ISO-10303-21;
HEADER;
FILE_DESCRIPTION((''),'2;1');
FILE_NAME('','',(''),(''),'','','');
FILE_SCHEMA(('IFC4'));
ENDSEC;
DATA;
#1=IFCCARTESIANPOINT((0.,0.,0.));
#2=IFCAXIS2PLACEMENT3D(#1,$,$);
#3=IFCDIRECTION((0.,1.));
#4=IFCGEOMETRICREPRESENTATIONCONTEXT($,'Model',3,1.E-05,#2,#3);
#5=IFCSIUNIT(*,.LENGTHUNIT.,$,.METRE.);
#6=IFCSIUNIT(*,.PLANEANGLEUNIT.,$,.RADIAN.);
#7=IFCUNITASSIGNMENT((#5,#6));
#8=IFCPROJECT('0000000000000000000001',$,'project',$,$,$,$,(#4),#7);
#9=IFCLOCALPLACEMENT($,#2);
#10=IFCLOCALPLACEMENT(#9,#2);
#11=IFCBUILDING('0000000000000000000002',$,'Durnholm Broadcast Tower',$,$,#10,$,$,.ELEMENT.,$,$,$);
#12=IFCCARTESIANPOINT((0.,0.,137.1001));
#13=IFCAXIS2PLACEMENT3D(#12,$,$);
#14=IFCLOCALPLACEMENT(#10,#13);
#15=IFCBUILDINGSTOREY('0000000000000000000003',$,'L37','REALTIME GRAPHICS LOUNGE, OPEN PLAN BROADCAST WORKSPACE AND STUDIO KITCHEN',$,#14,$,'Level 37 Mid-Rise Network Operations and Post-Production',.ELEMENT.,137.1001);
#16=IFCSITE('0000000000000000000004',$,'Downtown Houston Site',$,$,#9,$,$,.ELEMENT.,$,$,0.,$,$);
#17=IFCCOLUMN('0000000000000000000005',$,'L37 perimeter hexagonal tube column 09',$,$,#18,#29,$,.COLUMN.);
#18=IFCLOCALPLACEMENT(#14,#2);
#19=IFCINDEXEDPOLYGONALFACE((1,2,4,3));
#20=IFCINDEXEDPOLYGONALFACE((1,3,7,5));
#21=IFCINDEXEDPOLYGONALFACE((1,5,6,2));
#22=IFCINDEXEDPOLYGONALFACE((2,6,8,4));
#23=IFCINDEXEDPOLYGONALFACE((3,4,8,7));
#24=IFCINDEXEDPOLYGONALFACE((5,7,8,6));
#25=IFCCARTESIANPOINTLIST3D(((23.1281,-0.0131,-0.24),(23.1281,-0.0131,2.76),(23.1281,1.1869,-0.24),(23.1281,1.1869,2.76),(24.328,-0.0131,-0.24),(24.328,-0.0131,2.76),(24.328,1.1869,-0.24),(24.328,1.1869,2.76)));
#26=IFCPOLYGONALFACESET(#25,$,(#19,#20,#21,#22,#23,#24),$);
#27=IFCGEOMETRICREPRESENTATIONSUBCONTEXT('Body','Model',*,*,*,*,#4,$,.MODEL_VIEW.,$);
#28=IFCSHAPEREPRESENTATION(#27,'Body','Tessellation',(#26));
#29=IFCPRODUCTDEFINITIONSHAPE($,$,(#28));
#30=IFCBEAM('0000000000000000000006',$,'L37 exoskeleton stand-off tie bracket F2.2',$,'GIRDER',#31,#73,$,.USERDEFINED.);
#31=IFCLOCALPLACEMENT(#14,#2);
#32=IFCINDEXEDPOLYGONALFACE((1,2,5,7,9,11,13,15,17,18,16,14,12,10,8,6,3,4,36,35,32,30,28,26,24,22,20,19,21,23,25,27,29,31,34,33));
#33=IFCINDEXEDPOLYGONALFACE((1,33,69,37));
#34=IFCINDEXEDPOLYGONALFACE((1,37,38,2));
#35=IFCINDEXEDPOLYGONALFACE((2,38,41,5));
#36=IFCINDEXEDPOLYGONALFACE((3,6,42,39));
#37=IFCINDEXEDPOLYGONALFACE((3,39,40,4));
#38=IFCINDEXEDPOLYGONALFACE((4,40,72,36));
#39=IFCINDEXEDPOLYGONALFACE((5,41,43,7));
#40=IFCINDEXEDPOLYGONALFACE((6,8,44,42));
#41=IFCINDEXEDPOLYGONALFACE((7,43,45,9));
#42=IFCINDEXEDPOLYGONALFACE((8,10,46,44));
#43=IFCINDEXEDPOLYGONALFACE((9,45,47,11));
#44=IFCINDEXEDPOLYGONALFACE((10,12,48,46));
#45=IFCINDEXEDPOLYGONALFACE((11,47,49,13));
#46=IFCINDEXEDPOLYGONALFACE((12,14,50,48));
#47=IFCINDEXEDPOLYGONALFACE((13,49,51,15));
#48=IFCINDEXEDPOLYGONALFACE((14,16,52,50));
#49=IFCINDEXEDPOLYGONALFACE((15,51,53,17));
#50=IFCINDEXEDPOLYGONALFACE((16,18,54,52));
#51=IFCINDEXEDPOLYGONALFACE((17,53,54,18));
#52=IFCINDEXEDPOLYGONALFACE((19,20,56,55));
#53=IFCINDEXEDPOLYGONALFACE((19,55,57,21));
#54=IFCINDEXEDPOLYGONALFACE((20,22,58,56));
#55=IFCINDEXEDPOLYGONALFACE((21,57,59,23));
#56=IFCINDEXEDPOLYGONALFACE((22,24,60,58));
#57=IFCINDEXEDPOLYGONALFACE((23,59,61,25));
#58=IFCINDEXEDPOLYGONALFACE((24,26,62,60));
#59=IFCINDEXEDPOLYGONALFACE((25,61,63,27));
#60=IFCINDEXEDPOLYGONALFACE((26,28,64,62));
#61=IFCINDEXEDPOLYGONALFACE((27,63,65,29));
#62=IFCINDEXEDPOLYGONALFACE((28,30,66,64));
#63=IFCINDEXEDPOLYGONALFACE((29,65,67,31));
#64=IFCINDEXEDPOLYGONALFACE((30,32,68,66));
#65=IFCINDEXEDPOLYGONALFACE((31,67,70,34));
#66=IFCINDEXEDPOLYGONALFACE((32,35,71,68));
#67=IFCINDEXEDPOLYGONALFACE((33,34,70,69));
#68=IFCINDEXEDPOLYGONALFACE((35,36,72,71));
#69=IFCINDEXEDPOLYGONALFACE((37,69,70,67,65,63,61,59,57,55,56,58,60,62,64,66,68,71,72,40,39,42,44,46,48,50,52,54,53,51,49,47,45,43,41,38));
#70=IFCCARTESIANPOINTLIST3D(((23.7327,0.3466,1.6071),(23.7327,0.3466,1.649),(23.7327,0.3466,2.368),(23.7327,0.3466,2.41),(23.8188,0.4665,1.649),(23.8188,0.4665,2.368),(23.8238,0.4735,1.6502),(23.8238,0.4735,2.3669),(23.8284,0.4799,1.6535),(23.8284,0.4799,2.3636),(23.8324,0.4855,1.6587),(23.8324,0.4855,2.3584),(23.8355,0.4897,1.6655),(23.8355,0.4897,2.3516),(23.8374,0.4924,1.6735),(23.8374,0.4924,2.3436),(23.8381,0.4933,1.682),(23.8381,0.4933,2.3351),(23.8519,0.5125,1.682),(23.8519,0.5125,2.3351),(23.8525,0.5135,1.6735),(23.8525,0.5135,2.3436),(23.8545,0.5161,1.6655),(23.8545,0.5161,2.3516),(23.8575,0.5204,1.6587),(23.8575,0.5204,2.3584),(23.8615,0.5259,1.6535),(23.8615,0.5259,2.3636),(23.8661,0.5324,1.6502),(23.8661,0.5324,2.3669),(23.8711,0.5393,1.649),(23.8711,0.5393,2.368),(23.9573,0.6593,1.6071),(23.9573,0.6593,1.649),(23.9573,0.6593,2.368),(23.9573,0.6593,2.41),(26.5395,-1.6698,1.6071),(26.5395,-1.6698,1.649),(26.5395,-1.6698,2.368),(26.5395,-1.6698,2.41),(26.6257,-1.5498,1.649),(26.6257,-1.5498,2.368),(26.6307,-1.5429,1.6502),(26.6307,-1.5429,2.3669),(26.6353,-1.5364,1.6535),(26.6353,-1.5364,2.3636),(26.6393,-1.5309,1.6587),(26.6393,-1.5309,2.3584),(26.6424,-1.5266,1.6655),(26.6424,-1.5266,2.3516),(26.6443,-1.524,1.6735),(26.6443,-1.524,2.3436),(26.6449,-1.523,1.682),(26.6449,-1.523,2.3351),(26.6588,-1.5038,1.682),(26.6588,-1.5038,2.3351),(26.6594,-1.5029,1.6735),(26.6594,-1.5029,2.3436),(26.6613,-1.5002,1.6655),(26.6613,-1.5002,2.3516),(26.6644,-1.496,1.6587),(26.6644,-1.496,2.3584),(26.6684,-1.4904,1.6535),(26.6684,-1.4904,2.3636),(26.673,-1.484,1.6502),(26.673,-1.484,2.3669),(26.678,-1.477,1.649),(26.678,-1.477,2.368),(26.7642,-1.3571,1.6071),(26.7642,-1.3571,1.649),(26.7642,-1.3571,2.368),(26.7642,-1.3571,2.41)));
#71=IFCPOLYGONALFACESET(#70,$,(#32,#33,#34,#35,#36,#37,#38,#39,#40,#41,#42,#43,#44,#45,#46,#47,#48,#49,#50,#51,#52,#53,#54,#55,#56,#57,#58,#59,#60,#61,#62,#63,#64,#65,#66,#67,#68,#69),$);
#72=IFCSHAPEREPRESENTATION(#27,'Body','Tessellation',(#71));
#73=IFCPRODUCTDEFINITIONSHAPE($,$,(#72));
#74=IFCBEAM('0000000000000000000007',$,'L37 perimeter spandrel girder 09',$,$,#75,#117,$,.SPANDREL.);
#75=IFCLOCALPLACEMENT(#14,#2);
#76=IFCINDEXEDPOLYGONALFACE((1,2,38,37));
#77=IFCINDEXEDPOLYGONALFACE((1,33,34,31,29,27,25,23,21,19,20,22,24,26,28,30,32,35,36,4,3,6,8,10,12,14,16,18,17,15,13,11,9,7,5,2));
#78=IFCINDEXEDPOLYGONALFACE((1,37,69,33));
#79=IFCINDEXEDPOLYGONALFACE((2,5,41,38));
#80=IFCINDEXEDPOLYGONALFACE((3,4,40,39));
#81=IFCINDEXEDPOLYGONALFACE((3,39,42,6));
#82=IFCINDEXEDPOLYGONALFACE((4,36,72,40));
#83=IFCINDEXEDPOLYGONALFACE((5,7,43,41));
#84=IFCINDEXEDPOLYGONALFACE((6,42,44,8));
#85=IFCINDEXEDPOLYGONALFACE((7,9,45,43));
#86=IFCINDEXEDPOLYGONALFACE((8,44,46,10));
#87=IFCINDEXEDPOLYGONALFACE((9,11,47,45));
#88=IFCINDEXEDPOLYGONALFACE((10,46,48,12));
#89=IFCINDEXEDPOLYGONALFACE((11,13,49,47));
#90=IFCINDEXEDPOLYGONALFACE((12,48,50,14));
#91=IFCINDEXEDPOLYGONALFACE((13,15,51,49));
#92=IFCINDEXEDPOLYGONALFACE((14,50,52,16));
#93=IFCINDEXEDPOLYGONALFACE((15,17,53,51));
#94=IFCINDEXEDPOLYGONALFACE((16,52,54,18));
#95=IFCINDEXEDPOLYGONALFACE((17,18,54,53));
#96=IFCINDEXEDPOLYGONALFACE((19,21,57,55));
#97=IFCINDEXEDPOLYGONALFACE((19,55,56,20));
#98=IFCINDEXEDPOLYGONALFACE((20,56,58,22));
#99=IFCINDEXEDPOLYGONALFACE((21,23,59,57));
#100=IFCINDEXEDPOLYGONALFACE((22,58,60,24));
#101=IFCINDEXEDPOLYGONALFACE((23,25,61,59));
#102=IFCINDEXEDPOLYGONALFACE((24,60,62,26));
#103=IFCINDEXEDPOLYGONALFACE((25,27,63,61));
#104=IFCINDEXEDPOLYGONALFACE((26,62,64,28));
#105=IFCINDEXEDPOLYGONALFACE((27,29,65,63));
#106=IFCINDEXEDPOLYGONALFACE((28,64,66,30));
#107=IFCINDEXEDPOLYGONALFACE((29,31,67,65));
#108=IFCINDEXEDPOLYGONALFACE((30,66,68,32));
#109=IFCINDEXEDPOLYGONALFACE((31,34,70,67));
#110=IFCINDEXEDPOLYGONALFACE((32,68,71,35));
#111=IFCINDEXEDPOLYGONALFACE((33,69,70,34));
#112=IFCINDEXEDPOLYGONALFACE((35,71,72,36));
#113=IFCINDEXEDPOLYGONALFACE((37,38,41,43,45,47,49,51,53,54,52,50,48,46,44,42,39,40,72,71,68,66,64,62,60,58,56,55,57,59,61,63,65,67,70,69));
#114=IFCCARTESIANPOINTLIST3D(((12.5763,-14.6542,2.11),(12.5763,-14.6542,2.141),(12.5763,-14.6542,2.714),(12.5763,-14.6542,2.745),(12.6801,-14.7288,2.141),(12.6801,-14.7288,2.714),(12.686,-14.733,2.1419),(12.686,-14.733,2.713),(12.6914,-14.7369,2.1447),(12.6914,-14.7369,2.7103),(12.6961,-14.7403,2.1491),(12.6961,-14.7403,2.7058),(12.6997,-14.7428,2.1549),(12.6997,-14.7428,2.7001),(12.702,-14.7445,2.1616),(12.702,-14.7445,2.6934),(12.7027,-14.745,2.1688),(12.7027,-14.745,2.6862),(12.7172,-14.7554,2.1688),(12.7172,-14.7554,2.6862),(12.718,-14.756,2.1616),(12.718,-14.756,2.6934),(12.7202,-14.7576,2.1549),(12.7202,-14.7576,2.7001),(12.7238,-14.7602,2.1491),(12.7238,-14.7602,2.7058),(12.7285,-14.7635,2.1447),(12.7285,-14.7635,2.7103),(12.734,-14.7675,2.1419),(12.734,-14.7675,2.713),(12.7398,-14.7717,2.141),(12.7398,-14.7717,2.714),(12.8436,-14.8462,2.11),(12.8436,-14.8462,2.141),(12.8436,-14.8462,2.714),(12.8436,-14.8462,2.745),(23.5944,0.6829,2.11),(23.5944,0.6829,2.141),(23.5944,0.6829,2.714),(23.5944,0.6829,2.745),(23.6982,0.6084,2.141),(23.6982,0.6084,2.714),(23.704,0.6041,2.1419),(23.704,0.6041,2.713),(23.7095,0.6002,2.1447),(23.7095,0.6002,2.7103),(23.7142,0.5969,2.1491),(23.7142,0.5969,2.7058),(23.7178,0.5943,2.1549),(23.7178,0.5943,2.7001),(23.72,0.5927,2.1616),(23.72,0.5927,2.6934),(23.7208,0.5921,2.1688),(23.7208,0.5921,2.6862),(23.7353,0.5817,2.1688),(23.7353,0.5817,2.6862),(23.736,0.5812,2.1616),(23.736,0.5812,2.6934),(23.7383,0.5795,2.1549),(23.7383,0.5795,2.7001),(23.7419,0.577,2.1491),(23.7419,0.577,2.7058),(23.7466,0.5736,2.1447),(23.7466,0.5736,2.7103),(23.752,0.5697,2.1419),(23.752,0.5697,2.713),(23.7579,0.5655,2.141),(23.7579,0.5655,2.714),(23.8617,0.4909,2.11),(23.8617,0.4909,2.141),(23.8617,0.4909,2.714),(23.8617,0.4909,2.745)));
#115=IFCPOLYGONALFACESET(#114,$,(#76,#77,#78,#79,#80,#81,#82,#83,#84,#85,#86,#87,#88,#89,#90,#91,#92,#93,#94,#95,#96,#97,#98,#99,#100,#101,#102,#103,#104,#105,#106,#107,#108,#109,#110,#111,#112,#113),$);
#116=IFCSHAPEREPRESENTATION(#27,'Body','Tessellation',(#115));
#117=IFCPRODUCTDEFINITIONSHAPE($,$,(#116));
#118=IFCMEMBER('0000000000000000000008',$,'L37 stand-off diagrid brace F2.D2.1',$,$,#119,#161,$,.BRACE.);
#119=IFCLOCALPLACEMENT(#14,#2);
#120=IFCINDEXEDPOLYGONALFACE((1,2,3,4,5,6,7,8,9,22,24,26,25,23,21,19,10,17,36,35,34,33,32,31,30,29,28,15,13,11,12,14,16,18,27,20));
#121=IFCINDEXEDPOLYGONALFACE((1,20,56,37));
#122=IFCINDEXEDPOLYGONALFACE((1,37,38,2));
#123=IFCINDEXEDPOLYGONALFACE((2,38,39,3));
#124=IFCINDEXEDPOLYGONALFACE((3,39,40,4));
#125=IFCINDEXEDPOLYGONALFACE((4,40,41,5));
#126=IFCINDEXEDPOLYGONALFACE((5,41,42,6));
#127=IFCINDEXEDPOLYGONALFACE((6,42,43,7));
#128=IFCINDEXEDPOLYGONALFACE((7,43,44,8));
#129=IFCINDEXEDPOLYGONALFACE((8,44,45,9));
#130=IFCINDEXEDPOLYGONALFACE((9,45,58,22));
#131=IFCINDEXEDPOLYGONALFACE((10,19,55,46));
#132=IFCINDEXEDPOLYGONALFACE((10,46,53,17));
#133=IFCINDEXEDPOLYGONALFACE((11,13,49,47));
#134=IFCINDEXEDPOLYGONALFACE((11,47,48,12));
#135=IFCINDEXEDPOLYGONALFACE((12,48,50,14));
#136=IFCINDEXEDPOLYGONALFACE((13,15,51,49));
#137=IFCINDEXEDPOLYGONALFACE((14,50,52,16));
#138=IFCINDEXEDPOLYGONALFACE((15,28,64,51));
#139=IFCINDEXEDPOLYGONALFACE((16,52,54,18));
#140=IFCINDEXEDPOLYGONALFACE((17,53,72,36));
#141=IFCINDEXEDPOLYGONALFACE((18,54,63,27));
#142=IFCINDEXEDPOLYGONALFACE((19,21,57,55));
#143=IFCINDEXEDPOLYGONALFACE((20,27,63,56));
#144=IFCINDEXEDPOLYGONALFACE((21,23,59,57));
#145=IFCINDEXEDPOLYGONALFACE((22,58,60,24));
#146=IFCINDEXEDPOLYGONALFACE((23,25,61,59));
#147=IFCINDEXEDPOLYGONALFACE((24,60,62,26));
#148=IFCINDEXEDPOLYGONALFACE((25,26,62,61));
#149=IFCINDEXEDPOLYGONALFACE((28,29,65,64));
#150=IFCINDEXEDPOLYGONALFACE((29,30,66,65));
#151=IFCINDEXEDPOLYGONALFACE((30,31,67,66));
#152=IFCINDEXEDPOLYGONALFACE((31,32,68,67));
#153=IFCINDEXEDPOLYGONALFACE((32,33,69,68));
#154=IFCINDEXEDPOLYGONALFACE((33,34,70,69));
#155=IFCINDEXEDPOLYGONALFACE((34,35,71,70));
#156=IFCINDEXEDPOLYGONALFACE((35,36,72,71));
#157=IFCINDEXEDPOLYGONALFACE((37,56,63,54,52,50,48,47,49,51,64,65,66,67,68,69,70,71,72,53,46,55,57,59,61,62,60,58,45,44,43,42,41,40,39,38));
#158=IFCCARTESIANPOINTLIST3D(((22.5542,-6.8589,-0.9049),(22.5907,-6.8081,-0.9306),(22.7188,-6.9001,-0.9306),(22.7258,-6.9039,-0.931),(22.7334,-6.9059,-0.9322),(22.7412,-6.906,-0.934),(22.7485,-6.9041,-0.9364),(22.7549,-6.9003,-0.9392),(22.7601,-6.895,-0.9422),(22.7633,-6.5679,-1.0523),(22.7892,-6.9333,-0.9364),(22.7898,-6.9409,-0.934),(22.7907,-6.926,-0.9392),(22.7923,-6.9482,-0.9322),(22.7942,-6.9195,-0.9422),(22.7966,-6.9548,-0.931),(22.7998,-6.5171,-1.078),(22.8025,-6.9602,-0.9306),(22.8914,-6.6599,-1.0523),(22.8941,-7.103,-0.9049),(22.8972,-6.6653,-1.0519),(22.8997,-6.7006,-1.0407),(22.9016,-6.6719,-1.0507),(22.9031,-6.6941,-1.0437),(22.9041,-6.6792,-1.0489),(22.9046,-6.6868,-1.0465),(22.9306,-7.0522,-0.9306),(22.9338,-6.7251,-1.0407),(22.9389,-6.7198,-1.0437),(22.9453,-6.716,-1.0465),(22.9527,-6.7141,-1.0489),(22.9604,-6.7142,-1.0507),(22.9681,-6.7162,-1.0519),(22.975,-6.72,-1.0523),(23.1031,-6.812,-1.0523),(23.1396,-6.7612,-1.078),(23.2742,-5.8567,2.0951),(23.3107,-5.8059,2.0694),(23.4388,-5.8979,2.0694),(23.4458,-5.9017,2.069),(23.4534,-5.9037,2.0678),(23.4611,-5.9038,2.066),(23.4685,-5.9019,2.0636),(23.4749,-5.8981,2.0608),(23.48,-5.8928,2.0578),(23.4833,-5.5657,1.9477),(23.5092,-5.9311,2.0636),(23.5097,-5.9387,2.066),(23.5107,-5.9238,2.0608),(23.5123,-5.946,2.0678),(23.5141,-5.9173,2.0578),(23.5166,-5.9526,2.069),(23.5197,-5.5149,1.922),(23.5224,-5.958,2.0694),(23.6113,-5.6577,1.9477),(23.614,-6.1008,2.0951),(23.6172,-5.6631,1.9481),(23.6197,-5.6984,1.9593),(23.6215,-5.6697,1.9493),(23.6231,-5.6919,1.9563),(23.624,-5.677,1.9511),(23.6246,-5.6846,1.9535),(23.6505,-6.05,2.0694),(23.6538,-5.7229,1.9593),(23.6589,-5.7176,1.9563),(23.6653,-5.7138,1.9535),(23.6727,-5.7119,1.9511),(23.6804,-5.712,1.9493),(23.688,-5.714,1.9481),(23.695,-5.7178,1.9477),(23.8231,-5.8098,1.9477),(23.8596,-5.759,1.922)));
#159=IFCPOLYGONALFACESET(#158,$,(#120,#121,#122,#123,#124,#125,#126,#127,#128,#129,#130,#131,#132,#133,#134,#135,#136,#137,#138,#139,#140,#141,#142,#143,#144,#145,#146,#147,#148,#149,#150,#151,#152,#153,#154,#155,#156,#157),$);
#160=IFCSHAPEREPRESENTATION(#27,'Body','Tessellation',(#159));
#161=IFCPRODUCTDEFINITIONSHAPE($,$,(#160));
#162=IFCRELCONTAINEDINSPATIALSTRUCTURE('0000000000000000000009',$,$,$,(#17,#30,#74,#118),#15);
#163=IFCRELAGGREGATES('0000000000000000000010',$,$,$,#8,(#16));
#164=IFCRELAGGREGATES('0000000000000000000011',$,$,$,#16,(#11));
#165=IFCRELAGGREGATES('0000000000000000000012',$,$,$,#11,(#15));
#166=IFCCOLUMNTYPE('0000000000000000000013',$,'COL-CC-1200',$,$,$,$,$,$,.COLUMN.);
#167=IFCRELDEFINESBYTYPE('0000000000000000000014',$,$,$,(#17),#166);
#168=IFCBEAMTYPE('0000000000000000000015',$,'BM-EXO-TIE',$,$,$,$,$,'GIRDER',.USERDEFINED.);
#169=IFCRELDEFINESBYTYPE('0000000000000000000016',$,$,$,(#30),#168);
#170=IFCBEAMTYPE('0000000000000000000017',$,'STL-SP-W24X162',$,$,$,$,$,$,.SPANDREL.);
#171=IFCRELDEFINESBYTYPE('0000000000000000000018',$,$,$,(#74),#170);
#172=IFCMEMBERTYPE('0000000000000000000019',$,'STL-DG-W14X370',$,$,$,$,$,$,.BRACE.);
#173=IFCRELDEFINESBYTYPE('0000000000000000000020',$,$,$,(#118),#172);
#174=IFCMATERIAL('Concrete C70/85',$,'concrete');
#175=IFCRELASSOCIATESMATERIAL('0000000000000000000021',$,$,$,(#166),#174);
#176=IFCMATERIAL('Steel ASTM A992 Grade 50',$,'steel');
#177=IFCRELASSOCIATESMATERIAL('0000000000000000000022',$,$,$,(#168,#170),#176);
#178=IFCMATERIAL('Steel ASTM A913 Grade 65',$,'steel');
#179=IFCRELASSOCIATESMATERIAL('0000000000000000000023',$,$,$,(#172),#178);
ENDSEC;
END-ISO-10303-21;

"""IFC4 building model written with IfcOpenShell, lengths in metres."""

from ifc_helpers import new_model, si_unit, direction, frame, origin, origin_2d, place, context, subcontext, project, spatial, rectangle, i_section, extrude, source, transform, mapped, material, material_profile, profile_set, type_object, type_shapes, element, save


model = new_model("IFC4")

# Units and contexts
model_context = context("Model", 3, precision=1e-05, world=origin(), true_north=direction((0.0, 1.0)))
body_context = subcontext(model_context, "Body", "Model", "MODEL_VIEW")
ifc_project = project(units=[si_unit("LENGTHUNIT", "METRE"), si_unit("PLANEANGLEUNIT", "RADIAN")], contexts=[model_context])

# Site, building, storey
site_placement = place(None, origin())
site = spatial("IfcSite", under=ifc_project, at=site_placement, Name="Downtown Houston Site", CompositionType="ELEMENT", RefElevation=0.0)
building_placement = place(site_placement, origin())
building = spatial("IfcBuilding", under=site, at=building_placement, Name="Durnholm Broadcast Tower", CompositionType="ELEMENT")
storey_placement = place(building_placement, frame((0.0, 0.0, 137.1001)))
storey = spatial("IfcBuildingStorey", under=building, at=storey_placement, Name="L37", Description="REALTIME GRAPHICS LOUNGE, OPEN PLAN BROADCAST WORKSPACE AND STUDIO KITCHEN", LongName="Level 37 Mid-Rise Network Operations and Post-Production", CompositionType="ELEMENT", Elevation=137.1001)

# Column
ifc_material_1 = material(Name="Concrete C70/85", Category="concrete")
ifc_material_profile_1 = material_profile(ifc_material_1, rectangle(XDim=1.2, YDim=1.2, at=origin_2d()), Name="RC1200X1200")
ifc_profile_set_1 = profile_set([ifc_material_profile_1], Name="Concrete C70/85")
column_type = type_object("IfcColumnType", Name="COL-CC-1200", PredefinedType="COLUMN", material=ifc_profile_set_1)
shared_shape_1 = source(origin(), body_context, "Body", "SweptSolid", [
    extrude(rectangle(XDim=1.2, YDim=1.2, at=origin_2d()), origin(), (0.0, 0.0, 1.0), 3.0),
])
type_shapes(column_type, [shared_shape_1])
column_placement = place(storey_placement, frame((23.728, 0.5869, -0.24), z_axis=(0.0, 0.0, 1.0), x_axis=(1.0, 0.0, 0.0)))
element("IfcColumn", 1, at=column_placement, inside=storey, type_object=column_type, Name="L37 perimeter hexagonal tube column 09", PredefinedType="COLUMN", context=body_context, shape_type="MappedRepresentation", body=[
    mapped(shared_shape_1, transform((0.0, 0.0, 0.0), x_axis=(1.0, 0.0, 0.0), y_axis=(0.0, 1.0, 0.0), z_axis=(0.0, 0.0, 1.0), scale=1.0)),
])

# Beams
ifc_material_2 = material(Name="Steel ASTM A992 Grade 50", Category="steel")
ifc_material_profile_2 = material_profile(ifc_material_2, i_section(OverallWidth=0.385, OverallDepth=0.803, WebThickness=0.0237, FlangeThickness=0.042, FilletRadius=0.033, at=origin_2d()), Name="W30X261")
ifc_profile_set_2 = profile_set([ifc_material_profile_2], Name="Steel ASTM A992 Grade 50")
beam_type_1 = type_object("IfcBeamType", Name="BM-EXO-TIE", ElementType="GIRDER", PredefinedType="USERDEFINED", material=ifc_profile_set_2)
shared_shape_2 = source(origin(), body_context, "Body", "SweptSolid", [
    extrude(i_section(OverallWidth=0.385, OverallDepth=0.803, WebThickness=0.0237, FlangeThickness=0.042, FilletRadius=0.033, at=origin_2d()), origin(), (0.0, 0.0, 1.0), 3.4561),
])
type_shapes(beam_type_1, [shared_shape_2])
beam_1_placement = place(storey_placement, frame((23.845, 0.5029, 2.0085), z_axis=(0.812165, -0.583428, 0.0), x_axis=(0.583428, 0.812165, 0.0)))
element("IfcBeam", 2, at=beam_1_placement, inside=storey, type_object=beam_type_1, Name="L37 exoskeleton stand-off tie bracket F2.2", ObjectType="GIRDER", PredefinedType="USERDEFINED", context=body_context, shape_type="MappedRepresentation", body=[
    mapped(shared_shape_2, transform((0.0, 0.0, 0.0), x_axis=(1.0, 0.0, 0.0), y_axis=(0.0, 1.0, 0.0), z_axis=(0.0, 0.0, 1.0), scale=1.0)),
])
ifc_material_profile_3 = material_profile(ifc_material_2, i_section(OverallWidth=0.3291, OverallDepth=0.635, WebThickness=0.0178, FlangeThickness=0.031, FilletRadius=0.0278, at=origin_2d()), Name="W24X162")
ifc_profile_set_3 = profile_set([ifc_material_profile_3], Name="Steel ASTM A992 Grade 50")
beam_type_2 = type_object("IfcBeamType", Name="STL-SP-W24X162", PredefinedType="SPANDREL", material=ifc_profile_set_3)
shared_shape_3 = source(origin(), body_context, "Body", "SweptSolid", [
    extrude(i_section(OverallWidth=0.3291, OverallDepth=0.635, WebThickness=0.0178, FlangeThickness=0.031, FilletRadius=0.0278, at=origin_2d()), origin(), (0.0, 0.0, 1.0), 18.8845),
])
type_shapes(beam_type_2, [shared_shape_3])
beam_2_placement = place(storey_placement, frame((23.728, 0.5869, 2.4275), z_axis=(-0.583443, -0.812154, 0.0), x_axis=(0.812154, -0.583443, 0.0)))
element("IfcBeam", 3, at=beam_2_placement, inside=storey, type_object=beam_type_2, Name="L37 perimeter spandrel girder 09", PredefinedType="SPANDREL", context=body_context, shape_type="MappedRepresentation", body=[
    mapped(shared_shape_3, transform((0.0, 0.0, 0.0), x_axis=(1.0, 0.0, 0.0), y_axis=(0.0, 1.0, 0.0), z_axis=(0.0, 0.0, 1.0), scale=1.0)),
])

# Member
ifc_material_3 = material(Name="Steel ASTM A913 Grade 65", Category="steel")
ifc_material_profile_4 = material_profile(ifc_material_3, i_section(OverallWidth=0.4185, OverallDepth=0.4551, WebThickness=0.042, FlangeThickness=0.0676, FilletRadius=0.0305, at=origin_2d()), Name="W14X370")
ifc_profile_set_4 = profile_set([ifc_material_profile_4], Name="Steel ASTM A913 Grade 65")
member_type_1 = type_object("IfcMemberType", Name="STL-DG-W14X370", PredefinedType="BRACE", material=ifc_profile_set_4)
shared_shape_4 = source(origin(), body_context, "Body", "SweptSolid", [
    extrude(i_section(OverallWidth=0.4185, OverallDepth=0.4551, WebThickness=0.042, FlangeThickness=0.0676, FilletRadius=0.0305, at=origin_2d()), origin(), (0.0, 0.0, 1.0), 3.2439),
])
member_1_placement = place(storey_placement, frame((22.8469, -6.8101, -0.9915), z_axis=(0.221947, 0.30895, 0.924818), x_axis=(-0.812153, 0.583444, 0.0)))
element("IfcMember", 4, at=member_1_placement, inside=storey, type_object=member_type_1, Name="L37 stand-off diagrid brace F2.D2.1", PredefinedType="BRACE", context=body_context, shape_type="MappedRepresentation", body=[
    mapped(shared_shape_4, transform((0.0, 0.0, 0.0), x_axis=(1.0, 0.0, 0.0), y_axis=(0.0, 1.0, 0.0), z_axis=(0.0, 0.0, 1.0), scale=1.0)),
])

save(model, "model.ifc")
